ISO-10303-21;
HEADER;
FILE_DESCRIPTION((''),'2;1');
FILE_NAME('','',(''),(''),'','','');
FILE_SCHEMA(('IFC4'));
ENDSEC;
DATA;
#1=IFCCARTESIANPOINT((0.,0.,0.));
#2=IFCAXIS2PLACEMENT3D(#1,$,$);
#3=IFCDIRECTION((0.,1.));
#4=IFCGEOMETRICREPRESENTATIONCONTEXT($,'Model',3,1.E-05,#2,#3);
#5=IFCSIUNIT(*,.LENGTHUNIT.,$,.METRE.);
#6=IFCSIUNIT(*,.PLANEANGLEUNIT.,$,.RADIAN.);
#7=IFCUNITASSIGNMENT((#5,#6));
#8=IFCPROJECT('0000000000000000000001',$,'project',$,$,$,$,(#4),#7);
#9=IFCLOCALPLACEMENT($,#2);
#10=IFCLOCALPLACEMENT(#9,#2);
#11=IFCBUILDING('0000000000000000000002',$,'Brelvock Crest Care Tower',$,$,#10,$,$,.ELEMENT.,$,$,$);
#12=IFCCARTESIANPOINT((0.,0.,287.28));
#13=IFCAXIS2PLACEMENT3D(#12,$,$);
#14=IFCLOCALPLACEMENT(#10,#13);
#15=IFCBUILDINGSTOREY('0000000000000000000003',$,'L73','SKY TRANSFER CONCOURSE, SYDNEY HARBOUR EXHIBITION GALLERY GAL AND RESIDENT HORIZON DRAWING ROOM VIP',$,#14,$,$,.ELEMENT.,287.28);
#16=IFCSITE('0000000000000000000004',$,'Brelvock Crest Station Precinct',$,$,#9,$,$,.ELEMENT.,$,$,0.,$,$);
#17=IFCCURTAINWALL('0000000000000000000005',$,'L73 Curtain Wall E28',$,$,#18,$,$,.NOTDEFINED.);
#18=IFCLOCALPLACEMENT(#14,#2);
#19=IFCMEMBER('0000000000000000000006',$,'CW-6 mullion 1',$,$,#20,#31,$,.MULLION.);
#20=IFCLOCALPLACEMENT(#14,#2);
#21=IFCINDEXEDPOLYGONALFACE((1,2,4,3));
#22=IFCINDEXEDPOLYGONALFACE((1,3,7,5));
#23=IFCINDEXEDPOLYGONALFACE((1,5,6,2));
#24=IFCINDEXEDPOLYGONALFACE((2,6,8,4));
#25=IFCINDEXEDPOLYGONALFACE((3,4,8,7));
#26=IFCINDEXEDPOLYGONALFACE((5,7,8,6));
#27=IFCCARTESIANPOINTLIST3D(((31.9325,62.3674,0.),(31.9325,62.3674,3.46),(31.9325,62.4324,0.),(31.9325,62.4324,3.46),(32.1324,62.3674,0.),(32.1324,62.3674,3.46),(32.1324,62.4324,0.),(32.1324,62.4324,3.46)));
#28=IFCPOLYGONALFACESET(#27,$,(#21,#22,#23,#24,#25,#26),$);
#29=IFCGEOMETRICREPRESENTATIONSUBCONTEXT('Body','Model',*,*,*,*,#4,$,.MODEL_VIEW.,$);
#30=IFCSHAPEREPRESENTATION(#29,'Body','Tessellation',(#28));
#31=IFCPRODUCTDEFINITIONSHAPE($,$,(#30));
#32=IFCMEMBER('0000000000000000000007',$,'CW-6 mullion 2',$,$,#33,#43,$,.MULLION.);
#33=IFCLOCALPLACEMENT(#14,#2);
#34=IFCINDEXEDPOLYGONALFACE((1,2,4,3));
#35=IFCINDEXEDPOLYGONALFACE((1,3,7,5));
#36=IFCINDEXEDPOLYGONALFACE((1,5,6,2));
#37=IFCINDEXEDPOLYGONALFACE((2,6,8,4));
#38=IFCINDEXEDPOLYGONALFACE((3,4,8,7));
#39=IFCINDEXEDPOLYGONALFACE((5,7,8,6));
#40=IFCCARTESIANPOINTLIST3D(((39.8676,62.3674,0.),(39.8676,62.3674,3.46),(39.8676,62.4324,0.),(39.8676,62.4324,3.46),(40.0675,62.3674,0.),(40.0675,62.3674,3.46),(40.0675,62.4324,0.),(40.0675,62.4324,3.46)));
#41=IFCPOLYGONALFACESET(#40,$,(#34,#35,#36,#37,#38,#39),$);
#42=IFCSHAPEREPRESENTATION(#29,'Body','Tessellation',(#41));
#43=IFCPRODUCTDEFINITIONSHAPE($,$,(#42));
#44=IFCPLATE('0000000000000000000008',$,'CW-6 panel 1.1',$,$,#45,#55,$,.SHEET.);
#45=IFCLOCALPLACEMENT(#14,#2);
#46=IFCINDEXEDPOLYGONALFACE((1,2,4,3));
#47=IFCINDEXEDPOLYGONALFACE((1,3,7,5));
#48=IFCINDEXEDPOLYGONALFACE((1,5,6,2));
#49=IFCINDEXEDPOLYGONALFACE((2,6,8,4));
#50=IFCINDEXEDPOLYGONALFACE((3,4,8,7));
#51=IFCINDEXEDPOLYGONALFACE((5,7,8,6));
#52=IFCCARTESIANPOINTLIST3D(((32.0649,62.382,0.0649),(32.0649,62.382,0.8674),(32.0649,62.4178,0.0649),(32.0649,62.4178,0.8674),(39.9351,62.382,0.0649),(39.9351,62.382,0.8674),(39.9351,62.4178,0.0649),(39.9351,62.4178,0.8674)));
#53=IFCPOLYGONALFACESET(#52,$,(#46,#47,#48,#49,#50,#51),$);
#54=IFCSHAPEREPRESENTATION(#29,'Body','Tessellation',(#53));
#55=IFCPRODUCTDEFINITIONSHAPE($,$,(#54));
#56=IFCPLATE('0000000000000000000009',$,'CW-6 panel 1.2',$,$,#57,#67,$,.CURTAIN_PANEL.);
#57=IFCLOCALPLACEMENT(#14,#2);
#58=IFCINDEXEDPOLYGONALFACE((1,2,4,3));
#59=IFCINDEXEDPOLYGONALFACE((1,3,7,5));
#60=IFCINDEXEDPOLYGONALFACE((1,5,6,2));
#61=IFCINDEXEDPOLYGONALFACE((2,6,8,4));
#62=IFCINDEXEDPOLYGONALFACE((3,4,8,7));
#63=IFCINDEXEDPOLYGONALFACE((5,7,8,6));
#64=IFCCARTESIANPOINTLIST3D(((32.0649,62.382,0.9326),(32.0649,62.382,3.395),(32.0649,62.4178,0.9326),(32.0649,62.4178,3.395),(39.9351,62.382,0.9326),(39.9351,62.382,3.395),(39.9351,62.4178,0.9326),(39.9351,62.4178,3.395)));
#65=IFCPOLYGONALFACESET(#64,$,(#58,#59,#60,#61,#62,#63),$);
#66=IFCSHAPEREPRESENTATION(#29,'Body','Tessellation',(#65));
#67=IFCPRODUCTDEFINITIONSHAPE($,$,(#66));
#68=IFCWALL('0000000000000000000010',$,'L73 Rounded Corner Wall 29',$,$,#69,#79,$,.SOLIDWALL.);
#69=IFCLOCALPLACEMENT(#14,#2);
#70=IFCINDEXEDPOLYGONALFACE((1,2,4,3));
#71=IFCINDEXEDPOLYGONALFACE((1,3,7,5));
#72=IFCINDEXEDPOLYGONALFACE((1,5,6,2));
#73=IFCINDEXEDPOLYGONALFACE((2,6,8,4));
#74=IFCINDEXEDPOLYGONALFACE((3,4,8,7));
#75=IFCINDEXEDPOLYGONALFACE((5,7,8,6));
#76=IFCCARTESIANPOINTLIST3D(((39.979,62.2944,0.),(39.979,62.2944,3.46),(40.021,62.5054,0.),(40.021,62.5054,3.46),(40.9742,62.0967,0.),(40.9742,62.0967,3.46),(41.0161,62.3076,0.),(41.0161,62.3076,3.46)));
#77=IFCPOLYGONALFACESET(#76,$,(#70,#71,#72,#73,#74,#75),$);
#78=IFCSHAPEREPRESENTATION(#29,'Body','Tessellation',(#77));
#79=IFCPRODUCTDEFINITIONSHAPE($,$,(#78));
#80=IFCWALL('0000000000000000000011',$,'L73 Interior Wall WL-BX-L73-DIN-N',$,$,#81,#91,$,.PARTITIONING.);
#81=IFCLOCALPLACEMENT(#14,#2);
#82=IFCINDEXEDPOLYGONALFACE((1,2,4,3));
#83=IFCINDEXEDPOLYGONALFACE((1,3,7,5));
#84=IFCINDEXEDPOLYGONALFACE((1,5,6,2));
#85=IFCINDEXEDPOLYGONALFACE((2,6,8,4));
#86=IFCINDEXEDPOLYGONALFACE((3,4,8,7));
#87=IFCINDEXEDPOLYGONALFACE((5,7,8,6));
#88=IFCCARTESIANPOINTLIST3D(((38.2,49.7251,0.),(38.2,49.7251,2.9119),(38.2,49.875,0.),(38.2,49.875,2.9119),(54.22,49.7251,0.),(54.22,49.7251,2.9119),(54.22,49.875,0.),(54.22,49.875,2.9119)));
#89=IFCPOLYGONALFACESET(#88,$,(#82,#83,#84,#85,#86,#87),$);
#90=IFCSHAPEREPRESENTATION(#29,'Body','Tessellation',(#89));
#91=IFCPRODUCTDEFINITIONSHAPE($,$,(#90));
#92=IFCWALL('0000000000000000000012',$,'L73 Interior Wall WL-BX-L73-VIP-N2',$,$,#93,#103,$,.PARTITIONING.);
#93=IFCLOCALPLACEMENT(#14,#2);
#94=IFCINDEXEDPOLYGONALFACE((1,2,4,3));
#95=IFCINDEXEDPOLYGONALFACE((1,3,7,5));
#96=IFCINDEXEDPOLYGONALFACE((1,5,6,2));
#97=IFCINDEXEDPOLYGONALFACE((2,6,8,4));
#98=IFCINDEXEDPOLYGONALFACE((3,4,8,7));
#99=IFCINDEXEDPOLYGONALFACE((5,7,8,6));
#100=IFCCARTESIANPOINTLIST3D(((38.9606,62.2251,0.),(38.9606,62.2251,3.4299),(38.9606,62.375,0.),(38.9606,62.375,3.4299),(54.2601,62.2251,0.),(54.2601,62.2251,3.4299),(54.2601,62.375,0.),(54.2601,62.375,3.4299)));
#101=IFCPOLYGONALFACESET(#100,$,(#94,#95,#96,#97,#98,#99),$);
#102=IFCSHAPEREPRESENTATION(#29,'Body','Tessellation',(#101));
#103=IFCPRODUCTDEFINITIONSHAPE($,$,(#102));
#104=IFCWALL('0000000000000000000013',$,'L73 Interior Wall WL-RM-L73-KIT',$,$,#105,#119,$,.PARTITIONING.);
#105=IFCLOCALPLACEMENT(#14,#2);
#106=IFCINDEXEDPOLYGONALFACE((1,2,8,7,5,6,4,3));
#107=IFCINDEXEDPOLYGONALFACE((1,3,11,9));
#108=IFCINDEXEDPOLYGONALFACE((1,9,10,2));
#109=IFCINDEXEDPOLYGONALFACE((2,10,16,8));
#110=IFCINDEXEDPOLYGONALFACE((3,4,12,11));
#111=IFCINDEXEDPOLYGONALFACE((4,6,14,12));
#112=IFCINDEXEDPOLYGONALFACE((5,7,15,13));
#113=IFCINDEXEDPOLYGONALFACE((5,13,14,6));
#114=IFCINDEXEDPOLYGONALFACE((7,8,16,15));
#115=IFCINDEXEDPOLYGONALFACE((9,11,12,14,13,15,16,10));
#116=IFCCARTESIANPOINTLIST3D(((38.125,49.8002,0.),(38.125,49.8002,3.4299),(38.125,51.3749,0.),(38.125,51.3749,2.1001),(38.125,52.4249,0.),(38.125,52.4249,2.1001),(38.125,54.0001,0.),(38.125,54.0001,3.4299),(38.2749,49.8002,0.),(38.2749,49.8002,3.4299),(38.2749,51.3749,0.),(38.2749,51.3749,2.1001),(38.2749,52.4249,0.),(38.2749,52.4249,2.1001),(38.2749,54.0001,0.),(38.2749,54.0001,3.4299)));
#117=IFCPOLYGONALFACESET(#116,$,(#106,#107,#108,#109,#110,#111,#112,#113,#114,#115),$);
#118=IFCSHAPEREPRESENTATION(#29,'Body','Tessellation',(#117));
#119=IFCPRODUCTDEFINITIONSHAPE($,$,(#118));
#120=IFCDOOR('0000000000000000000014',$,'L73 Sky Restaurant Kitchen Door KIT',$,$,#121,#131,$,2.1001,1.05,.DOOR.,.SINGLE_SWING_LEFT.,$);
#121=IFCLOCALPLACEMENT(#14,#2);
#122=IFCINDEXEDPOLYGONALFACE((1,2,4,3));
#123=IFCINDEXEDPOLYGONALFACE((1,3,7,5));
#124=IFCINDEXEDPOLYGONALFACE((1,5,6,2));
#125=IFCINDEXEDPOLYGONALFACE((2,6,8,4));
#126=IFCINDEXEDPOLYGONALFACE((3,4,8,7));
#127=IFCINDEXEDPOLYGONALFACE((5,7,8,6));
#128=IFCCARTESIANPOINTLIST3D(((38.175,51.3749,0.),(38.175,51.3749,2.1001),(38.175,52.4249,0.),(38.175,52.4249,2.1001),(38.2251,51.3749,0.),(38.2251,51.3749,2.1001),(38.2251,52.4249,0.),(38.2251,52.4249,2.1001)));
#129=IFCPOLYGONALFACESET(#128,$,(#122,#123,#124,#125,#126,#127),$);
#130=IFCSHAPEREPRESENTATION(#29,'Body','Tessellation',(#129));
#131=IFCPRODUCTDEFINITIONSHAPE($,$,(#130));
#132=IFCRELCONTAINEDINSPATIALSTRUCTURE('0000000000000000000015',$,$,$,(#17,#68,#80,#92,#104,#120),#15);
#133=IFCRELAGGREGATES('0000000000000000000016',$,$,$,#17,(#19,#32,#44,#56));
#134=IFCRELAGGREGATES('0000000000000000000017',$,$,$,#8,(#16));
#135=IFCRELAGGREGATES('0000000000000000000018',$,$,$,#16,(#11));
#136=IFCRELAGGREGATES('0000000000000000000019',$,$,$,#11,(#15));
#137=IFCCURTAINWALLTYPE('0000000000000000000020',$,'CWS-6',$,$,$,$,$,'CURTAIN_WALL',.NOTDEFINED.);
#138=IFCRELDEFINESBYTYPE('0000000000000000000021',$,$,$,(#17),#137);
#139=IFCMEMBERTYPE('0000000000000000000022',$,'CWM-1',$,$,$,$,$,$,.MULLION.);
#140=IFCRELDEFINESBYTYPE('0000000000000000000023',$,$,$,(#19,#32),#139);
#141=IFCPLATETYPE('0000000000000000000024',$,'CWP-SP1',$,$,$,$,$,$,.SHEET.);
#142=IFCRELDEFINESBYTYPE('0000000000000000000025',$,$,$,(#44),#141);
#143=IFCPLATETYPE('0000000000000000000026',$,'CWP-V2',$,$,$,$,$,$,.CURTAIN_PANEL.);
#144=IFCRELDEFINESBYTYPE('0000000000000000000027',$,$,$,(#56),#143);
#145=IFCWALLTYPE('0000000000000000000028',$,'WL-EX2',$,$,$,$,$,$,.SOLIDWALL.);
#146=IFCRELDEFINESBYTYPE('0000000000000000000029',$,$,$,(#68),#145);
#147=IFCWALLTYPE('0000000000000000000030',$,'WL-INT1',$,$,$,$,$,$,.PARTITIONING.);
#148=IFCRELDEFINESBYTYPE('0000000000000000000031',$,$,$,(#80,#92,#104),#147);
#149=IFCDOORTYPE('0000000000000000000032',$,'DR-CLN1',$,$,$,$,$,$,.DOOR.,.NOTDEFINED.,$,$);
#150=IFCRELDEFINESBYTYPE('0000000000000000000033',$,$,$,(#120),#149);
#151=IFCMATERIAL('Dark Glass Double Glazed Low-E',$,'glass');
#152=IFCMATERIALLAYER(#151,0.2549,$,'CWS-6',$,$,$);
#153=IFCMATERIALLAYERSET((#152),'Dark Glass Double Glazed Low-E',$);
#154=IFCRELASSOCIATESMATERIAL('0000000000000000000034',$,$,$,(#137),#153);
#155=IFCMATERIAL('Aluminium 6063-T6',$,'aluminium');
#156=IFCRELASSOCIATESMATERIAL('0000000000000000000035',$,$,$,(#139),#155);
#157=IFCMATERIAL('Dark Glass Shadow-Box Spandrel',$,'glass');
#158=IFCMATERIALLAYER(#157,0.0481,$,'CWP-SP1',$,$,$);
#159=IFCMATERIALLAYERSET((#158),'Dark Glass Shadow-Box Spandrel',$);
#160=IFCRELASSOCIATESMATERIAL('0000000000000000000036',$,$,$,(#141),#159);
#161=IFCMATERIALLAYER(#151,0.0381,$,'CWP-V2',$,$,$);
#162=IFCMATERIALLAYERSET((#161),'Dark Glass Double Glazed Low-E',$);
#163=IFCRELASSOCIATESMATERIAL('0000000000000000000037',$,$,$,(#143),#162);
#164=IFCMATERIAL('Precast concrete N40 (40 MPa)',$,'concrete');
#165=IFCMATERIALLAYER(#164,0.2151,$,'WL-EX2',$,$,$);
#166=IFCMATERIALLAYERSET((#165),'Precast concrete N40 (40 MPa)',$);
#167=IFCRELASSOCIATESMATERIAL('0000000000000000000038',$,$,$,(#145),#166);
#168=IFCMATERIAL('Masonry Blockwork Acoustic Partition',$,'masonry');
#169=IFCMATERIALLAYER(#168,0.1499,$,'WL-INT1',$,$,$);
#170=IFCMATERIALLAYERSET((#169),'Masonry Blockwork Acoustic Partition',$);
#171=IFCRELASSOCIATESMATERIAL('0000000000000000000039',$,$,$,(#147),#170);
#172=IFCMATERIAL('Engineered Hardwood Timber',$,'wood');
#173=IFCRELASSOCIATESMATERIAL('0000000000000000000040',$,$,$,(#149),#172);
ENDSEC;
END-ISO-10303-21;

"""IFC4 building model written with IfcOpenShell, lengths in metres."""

from ifc_helpers import new_model, si_unit, direction, frame, frame_2d, origin, origin_2d, place, context, subcontext, project, spatial, rectangle, extrude, source, transform, mapped, material, layer, layer_set, material_profile, profile_set, type_object, element, fill, aggregate, save


model = new_model("IFC4")

# Units and contexts
model_context = context("Model", 3, precision=1e-05, world=origin(), true_north=direction((0.0, 1.0)))
body_context = subcontext(model_context, "Body", "Model", "MODEL_VIEW")
ifc_project = project(units=[si_unit("LENGTHUNIT", "METRE"), si_unit("PLANEANGLEUNIT", "RADIAN")], contexts=[model_context])

# Site, building, storey
site_placement = place(None, origin())
site = spatial("IfcSite", under=ifc_project, at=site_placement, Name="Brelvock Crest Station Precinct", CompositionType="ELEMENT", RefElevation=0.0)
building_placement = place(site_placement, origin())
building = spatial("IfcBuilding", under=site, at=building_placement, Name="Brelvock Crest Care Tower", CompositionType="ELEMENT")
storey_placement = place(building_placement, frame((0.0, 0.0, 287.28)))
storey = spatial("IfcBuildingStorey", under=building, at=storey_placement, Name="L73", Description="SKY TRANSFER CONCOURSE, SYDNEY HARBOUR EXHIBITION GALLERY GAL AND RESIDENT HORIZON DRAWING ROOM VIP", CompositionType="ELEMENT", Elevation=287.28)

# Curtain wall, members, plates
ifc_material_1 = material(Name="Dark Glass Double Glazed Low-E", Category="glass")
ifc_layer_1 = layer(ifc_material_1, 0.2549, Name="CWS-6")
ifc_layer_set_1 = layer_set([ifc_layer_1], Name="Dark Glass Double Glazed Low-E")
curtain_wall_type = type_object("IfcCurtainWallType", Name="CWS-6", ElementType="CURTAIN_WALL", PredefinedType="NOTDEFINED", material=ifc_layer_set_1)
curtain_wall_placement = place(storey_placement, origin())
curtain_wall = element("IfcCurtainWall", 1, at=curtain_wall_placement, inside=storey, type_object=curtain_wall_type, Name="L73 Curtain Wall E28", PredefinedType="NOTDEFINED")
ifc_material_2 = material(Name="Aluminium 6063-T6", Category="aluminium")
ifc_material_profile_1 = material_profile(ifc_material_2, rectangle(XDim=0.0649, YDim=0.2, at=origin_2d()), Name="ALU65x200")
ifc_profile_set_1 = profile_set([ifc_material_profile_1], Name="Aluminium 6063-T6")
member_type_1 = type_object("IfcMemberType", Name="CWM-1", PredefinedType="MULLION", material=ifc_profile_set_1)
shared_shape_1 = source(origin(), body_context, "Body", "SweptSolid", [
    extrude(rectangle(XDim=0.0649, YDim=0.2, at=origin_2d()), origin(), (0.0, 0.0, 1.0), 3.46),
])
member_1_placement = place(storey_placement, frame((32.0325, 62.3999, 0.0), z_axis=(0.0, 0.0, 1.0), x_axis=(0.0, 1.0, 0.0)))
member_1 = element("IfcMember", 2, at=member_1_placement, type_object=member_type_1, Name="CW-6 mullion 1", PredefinedType="MULLION", context=body_context, shape_type="MappedRepresentation", body=[
    mapped(shared_shape_1, transform((0.0, 0.0, 0.0), x_axis=(1.0, 0.0, 0.0), y_axis=(0.0, 1.0, 0.0), z_axis=(0.0, 0.0, 1.0), scale=1.0)),
])
member_2_placement = place(storey_placement, frame((39.9675, 62.3999, 0.0), z_axis=(0.0, 0.0, 1.0), x_axis=(0.0, 1.0, 0.0)))
member_2 = element("IfcMember", 3, at=member_2_placement, type_object=member_type_1, Name="CW-6 mullion 2", PredefinedType="MULLION", context=body_context, shape_type="MappedRepresentation", body=[
    mapped(shared_shape_1, transform((0.0, 0.0, 0.0), x_axis=(1.0, 0.0, 0.0), y_axis=(0.0, 1.0, 0.0), z_axis=(0.0, 0.0, 1.0), scale=1.0)),
])
ifc_material_3 = material(Name="Dark Glass Shadow-Box Spandrel", Category="glass")
ifc_layer_2 = layer(ifc_material_3, 0.0481, Name="CWP-SP1")
ifc_layer_set_2 = layer_set([ifc_layer_2], Name="Dark Glass Shadow-Box Spandrel")
plate_type_1 = type_object("IfcPlateType", Name="CWP-SP1", PredefinedType="SHEET", material=ifc_layer_set_2)
shared_shape_2 = source(origin(), body_context, "Body", "SweptSolid", [
    extrude(rectangle(XDim=7.8701, YDim=0.0359, at=origin_2d()), origin(), (0.0, 0.0, 1.0), 0.8025),
])
plate_1_placement = place(storey_placement, frame((36.0, 62.3999, 0.0649), z_axis=(0.0, 0.0, 1.0), x_axis=(1.0, 0.0, 0.0)))
plate_1 = element("IfcPlate", 4, at=plate_1_placement, type_object=plate_type_1, Name="CW-6 panel 1.1", PredefinedType="SHEET", context=body_context, shape_type="MappedRepresentation", body=[
    mapped(shared_shape_2, transform((0.0, 0.0, 0.0), x_axis=(1.0, 0.0, 0.0), y_axis=(0.0, 1.0, 0.0), z_axis=(0.0, 0.0, 1.0), scale=1.0)),
])
ifc_layer_3 = layer(ifc_material_1, 0.0381, Name="CWP-V2")
ifc_layer_set_3 = layer_set([ifc_layer_3], Name="Dark Glass Double Glazed Low-E")
plate_type_2 = type_object("IfcPlateType", Name="CWP-V2", PredefinedType="CURTAIN_PANEL", material=ifc_layer_set_3)
shared_shape_3 = source(origin(), body_context, "Body", "SweptSolid", [
    extrude(rectangle(XDim=7.8701, YDim=0.0359, at=origin_2d()), origin(), (0.0, 0.0, 1.0), 2.4624),
])
plate_2_placement = place(storey_placement, frame((36.0, 62.3999, 0.9326), z_axis=(0.0, 0.0, 1.0), x_axis=(1.0, 0.0, 0.0)))
plate_2 = element("IfcPlate", 5, at=plate_2_placement, type_object=plate_type_2, Name="CW-6 panel 1.2", PredefinedType="CURTAIN_PANEL", context=body_context, shape_type="MappedRepresentation", body=[
    mapped(shared_shape_3, transform((0.0, 0.0, 0.0), x_axis=(1.0, 0.0, 0.0), y_axis=(0.0, 1.0, 0.0), z_axis=(0.0, 0.0, 1.0), scale=1.0)),
])
aggregate(curtain_wall, [member_1, member_2, plate_1, plate_2])

# Walls
ifc_material_4 = material(Name="Precast concrete N40 (40 MPa)", Category="concrete")
ifc_layer_4 = layer(ifc_material_4, 0.2151, Name="WL-EX2")
ifc_layer_set_4 = layer_set([ifc_layer_4], Name="Precast concrete N40 (40 MPa)")
wall_type_1 = type_object("IfcWallType", Name="WL-EX2", PredefinedType="SOLIDWALL", material=ifc_layer_set_4)
wall_1_placement = place(storey_placement, frame((40.0, 62.3999, 0.0), z_axis=(0.0, 0.0, 1.0), x_axis=(0.980821, -0.194913, 0.0)))
element("IfcWall", 6, at=wall_1_placement, inside=storey, type_object=wall_type_1, Name="L73 Rounded Corner Wall 29", PredefinedType="SOLIDWALL", context=body_context, shape_type="SweptSolid", body=[
    extrude(rectangle(XDim=1.0146, YDim=0.2151, at=frame_2d((0.5073, 0.0))), origin(), (0.0, 0.0, 1.0), 3.46),
])
ifc_material_5 = material(Name="Masonry Blockwork Acoustic Partition", Category="masonry")
ifc_layer_5 = layer(ifc_material_5, 0.1499, Name="WL-INT1")
ifc_layer_set_5 = layer_set([ifc_layer_5], Name="Masonry Blockwork Acoustic Partition")
wall_type_2 = type_object("IfcWallType", Name="WL-INT1", PredefinedType="PARTITIONING", material=ifc_layer_set_5)
wall_2_placement = place(storey_placement, frame((38.2, 49.8, 0.0), z_axis=(0.0, 0.0, 1.0), x_axis=(1.0, 0.0, 0.0)))
element("IfcWall", 7, at=wall_2_placement, inside=storey, type_object=wall_type_2, Name="L73 Interior Wall WL-BX-L73-DIN-N", PredefinedType="PARTITIONING", context=body_context, shape_type="SweptSolid", body=[
    extrude(rectangle(XDim=16.02, YDim=0.1499, at=frame_2d((8.01, 0.0))), origin(), (0.0, 0.0, 1.0), 2.9119),
])
wall_3_placement = place(storey_placement, frame((38.9604, 62.3, 0.0), z_axis=(0.0, 0.0, 1.0), x_axis=(1.0, 0.0, 0.0)))
element("IfcWall", 8, at=wall_3_placement, inside=storey, type_object=wall_type_2, Name="L73 Interior Wall WL-BX-L73-VIP-N2", PredefinedType="PARTITIONING", context=body_context, shape_type="SweptSolid", body=[
    extrude(rectangle(XDim=15.2996, YDim=0.1499, at=frame_2d((7.6499, 0.0))), origin(), (0.0, 0.0, 1.0), 3.4299),
])

# Wall, opening, door
wall_4_placement = place(storey_placement, frame((38.2, 49.8, 0.0), z_axis=(0.0, 0.0, 1.0), x_axis=(0.0, 1.0, 0.0)))
wall_4 = element("IfcWall", 9, at=wall_4_placement, inside=storey, type_object=wall_type_2, Name="L73 Interior Wall WL-RM-L73-KIT", PredefinedType="PARTITIONING", context=body_context, shape_type="SweptSolid", body=[
    extrude(rectangle(XDim=4.2, YDim=0.1499, at=frame_2d((2.1001, 0.0))), origin(), (0.0, 0.0, 1.0), 3.4299),
])
opening_placement = place(wall_4_placement, frame((1.575, 0.0, 0.0)))
opening = element("IfcOpeningElement", 10, at=opening_placement, cuts=wall_4, PredefinedType="OPENING", context=body_context, shape_type="SweptSolid", body=[
    extrude(rectangle(XDim=1.05, YDim=2.1001, at=origin_2d()), frame((0.5249, 0.085, 1.05), z_axis=(0.0, -1.0, 0.0), x_axis=(1.0, 0.0, 0.0)), (0.0, 0.0, 1.0), 0.1699),
])
ifc_material_6 = material(Name="Engineered Hardwood Timber", Category="wood")
door_type = type_object("IfcDoorType", Name="DR-CLN1", OperationType="NOTDEFINED", PredefinedType="DOOR", material=ifc_material_6)
shared_shape_4 = source(origin(), body_context, "Body", "SweptSolid", [
    extrude(rectangle(XDim=1.05, YDim=2.1001, at=origin_2d()), frame((0.5249, 0.0249, 1.05), z_axis=(0.0, -1.0, 0.0), x_axis=(1.0, 0.0, 0.0)), (0.0, 0.0, 1.0), 0.05),
])
door_placement = place(opening_placement, origin())
door = element("IfcDoor", 11, at=door_placement, inside=storey, type_object=door_type, Name="L73 Sky Restaurant Kitchen Door KIT", OperationType="SINGLE_SWING_LEFT", OverallHeight=2.1001, OverallWidth=1.05, PredefinedType="DOOR", context=body_context, shape_type="MappedRepresentation", body=[
    mapped(shared_shape_4, transform((0.0, 0.0, 0.0), x_axis=(1.0, 0.0, 0.0), y_axis=(0.0, 1.0, 0.0), z_axis=(0.0, 0.0, 1.0), scale=1.0)),
])
fill(opening, door)

save(model, "model.ifc")
